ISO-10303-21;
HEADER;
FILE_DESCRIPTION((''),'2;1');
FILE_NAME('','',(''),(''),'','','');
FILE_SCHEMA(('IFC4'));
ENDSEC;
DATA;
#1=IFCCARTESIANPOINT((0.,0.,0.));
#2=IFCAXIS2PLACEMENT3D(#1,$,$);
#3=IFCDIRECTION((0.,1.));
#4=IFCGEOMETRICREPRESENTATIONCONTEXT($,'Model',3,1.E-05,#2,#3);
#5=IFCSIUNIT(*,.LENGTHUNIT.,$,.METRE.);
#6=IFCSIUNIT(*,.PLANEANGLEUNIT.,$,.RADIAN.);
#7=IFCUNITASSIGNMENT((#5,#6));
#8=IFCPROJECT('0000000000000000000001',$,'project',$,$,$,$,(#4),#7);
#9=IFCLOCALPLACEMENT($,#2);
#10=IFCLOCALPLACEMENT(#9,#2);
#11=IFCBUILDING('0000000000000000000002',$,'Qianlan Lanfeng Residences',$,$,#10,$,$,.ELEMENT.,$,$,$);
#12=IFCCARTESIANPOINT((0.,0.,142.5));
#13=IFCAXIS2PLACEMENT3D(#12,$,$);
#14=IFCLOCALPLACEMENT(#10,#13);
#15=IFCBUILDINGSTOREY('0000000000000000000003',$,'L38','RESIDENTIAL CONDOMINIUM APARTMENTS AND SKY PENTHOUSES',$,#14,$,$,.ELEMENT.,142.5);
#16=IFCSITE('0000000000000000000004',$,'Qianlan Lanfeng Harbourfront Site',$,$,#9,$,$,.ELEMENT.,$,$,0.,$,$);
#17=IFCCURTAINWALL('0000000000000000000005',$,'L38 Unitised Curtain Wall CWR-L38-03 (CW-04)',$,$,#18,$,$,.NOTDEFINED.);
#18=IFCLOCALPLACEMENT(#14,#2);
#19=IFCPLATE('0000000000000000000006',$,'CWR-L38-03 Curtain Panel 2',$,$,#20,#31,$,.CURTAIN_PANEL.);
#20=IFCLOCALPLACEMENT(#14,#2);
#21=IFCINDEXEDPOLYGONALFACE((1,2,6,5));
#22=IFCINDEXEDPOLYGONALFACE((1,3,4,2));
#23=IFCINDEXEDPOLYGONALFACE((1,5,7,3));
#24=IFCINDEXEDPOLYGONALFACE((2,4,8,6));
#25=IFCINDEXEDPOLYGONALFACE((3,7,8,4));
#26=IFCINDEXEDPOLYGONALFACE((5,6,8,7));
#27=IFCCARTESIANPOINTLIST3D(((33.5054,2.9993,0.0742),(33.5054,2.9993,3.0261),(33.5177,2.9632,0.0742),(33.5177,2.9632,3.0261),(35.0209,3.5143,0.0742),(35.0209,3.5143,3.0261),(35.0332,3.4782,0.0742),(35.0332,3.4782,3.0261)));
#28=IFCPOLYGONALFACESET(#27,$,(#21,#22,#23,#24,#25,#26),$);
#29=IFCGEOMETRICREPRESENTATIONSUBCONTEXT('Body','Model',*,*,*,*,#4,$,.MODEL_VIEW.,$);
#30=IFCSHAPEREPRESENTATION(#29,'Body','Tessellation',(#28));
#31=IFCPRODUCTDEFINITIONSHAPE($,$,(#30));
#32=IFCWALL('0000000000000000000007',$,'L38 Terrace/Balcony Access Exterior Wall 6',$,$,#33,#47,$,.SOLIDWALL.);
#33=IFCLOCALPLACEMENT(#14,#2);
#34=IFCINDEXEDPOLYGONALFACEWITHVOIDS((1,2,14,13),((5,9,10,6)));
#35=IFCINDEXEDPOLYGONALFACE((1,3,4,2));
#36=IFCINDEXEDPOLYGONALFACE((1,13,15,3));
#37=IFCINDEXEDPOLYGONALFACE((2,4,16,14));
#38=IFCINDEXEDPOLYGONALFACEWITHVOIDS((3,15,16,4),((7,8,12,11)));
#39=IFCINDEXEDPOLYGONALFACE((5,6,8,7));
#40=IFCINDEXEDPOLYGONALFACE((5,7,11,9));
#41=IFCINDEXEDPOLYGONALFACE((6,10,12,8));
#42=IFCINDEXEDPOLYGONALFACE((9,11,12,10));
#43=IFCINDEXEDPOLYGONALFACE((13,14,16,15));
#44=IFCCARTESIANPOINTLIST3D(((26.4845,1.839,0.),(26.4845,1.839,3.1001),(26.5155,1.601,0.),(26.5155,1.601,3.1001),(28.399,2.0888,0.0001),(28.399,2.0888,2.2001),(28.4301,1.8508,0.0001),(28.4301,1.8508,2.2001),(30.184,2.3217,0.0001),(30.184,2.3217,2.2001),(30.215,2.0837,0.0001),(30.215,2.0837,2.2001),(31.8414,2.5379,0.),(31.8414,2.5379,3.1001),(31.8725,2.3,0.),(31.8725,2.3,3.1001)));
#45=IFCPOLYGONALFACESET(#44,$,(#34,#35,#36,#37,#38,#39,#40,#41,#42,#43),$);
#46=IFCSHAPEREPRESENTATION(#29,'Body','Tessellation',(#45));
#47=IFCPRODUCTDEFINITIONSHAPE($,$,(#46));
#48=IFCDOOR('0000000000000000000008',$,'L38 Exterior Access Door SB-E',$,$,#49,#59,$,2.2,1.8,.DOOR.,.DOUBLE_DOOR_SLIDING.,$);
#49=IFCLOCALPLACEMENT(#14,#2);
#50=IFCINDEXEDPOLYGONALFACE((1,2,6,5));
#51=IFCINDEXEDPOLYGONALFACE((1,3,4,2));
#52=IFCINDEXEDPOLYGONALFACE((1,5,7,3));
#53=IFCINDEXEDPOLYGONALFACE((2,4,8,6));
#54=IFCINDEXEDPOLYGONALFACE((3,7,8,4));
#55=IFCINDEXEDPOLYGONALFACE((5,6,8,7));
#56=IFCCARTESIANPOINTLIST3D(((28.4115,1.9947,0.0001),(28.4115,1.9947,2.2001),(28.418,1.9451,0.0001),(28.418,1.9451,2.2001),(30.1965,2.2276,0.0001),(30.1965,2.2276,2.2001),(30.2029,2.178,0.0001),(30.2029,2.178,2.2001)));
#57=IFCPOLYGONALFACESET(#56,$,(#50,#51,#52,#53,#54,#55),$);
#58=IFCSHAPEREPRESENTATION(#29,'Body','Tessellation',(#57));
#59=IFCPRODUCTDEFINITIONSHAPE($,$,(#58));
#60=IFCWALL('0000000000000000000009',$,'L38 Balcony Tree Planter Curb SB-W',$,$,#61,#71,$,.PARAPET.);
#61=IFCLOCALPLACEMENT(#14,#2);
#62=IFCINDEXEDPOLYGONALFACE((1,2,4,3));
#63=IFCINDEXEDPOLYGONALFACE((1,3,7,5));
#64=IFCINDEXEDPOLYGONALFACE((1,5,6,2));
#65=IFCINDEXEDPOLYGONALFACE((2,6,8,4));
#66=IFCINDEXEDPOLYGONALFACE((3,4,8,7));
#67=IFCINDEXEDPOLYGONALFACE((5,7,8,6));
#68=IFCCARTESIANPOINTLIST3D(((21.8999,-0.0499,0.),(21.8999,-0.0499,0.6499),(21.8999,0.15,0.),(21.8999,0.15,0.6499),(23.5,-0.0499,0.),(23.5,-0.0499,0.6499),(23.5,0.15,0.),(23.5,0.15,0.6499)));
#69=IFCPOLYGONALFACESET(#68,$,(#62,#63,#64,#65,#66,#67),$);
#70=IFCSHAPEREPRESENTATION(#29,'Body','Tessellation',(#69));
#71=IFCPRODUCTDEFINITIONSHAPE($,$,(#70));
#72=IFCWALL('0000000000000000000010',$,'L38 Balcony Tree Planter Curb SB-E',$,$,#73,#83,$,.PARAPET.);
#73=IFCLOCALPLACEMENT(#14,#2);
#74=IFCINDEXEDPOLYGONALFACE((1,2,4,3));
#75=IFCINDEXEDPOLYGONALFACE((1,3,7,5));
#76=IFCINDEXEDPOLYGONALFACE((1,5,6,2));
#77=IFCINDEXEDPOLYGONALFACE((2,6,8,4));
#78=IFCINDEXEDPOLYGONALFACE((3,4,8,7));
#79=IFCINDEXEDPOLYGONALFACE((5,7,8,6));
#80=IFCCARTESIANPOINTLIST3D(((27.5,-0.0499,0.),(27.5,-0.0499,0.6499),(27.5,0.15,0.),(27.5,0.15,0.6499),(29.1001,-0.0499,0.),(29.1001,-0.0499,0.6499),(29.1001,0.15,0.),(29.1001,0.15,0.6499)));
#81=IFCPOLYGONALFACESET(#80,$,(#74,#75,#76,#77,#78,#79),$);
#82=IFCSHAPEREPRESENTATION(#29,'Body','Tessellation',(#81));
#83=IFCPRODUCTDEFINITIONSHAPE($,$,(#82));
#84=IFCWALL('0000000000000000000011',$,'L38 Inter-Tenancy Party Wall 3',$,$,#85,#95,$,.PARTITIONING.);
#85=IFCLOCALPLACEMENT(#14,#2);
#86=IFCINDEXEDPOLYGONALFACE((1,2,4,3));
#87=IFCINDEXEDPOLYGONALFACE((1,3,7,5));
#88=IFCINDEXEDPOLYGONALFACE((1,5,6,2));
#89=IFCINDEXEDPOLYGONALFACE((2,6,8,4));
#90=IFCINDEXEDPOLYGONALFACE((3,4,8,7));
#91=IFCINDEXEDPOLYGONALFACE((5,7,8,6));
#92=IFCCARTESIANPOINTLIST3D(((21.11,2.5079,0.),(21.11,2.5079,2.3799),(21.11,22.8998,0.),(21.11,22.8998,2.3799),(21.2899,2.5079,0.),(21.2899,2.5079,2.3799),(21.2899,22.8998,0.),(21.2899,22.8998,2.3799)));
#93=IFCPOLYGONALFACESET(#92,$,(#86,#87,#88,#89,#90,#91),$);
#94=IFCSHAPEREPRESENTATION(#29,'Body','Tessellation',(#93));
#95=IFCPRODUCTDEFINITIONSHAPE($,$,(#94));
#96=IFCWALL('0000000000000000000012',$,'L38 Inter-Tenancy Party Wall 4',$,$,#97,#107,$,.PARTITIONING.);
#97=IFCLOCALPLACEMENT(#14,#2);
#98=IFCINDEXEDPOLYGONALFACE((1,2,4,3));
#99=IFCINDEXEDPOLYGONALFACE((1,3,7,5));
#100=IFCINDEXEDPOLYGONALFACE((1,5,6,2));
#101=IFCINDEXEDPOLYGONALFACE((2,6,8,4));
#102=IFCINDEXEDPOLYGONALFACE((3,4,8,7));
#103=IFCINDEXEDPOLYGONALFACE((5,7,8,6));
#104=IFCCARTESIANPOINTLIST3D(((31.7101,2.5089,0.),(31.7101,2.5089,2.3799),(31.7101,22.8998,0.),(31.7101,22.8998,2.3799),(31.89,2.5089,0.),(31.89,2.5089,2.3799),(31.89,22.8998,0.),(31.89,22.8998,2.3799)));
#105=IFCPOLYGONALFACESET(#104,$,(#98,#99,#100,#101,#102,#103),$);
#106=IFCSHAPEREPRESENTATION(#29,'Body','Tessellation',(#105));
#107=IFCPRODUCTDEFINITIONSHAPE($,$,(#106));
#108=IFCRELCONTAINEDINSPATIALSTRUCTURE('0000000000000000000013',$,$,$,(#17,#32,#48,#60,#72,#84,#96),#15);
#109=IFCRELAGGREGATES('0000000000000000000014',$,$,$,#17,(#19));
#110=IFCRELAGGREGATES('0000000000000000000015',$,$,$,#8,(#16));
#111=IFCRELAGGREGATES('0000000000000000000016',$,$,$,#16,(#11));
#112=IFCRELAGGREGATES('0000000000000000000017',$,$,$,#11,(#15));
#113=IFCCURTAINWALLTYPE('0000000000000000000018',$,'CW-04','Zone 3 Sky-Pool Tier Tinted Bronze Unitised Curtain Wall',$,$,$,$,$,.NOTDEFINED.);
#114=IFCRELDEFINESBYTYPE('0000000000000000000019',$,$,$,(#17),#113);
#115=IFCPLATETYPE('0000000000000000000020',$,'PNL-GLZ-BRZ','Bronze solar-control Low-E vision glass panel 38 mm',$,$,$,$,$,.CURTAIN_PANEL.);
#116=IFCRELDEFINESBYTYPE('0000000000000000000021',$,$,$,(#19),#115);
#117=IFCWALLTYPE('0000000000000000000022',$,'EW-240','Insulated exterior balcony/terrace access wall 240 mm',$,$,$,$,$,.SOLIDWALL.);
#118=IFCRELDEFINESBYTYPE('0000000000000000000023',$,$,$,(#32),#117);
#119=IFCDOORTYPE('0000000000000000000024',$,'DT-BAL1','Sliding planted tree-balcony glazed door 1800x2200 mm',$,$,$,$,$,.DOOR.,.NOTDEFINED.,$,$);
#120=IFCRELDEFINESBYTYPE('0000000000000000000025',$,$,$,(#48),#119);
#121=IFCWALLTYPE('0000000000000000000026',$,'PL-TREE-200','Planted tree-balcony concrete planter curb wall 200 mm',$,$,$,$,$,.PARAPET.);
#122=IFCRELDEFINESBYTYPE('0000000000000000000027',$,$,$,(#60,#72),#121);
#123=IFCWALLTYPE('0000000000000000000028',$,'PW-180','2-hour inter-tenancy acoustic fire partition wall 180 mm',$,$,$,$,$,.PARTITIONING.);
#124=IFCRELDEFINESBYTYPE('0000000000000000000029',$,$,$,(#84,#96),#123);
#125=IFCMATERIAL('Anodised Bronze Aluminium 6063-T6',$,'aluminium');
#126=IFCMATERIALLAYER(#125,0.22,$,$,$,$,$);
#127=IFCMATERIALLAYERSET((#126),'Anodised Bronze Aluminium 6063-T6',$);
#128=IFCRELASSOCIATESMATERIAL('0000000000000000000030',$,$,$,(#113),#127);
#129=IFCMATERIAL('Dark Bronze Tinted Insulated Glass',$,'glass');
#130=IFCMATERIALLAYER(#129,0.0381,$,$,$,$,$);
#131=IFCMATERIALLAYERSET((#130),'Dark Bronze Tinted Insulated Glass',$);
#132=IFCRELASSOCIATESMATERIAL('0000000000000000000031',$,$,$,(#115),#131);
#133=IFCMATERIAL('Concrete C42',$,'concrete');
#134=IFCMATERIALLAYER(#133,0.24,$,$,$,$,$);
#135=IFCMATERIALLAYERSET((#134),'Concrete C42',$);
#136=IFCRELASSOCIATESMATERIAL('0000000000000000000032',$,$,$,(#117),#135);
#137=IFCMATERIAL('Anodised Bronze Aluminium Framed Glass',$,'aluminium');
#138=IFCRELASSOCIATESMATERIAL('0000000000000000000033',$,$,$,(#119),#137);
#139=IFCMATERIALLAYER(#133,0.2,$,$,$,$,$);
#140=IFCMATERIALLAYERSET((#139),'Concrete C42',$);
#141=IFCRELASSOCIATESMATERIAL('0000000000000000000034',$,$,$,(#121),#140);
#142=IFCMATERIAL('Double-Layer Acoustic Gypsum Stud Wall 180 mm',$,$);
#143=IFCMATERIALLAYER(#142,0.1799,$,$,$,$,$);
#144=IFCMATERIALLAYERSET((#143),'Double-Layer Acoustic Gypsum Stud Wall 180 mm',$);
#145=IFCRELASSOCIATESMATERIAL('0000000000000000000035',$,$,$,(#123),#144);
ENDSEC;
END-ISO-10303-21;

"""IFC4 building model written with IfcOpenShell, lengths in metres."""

from ifc_helpers import new_model, si_unit, direction, frame, frame_2d, origin, origin_2d, place, context, subcontext, project, spatial, rectangle, extrude, source, transform, mapped, material, layer, layer_set, type_object, element, fill, aggregate, save


model = new_model("IFC4")

# Units and contexts
model_context = context("Model", 3, precision=1e-05, world=origin(), true_north=direction((0.0, 1.0)))
body_context = subcontext(model_context, "Body", "Model", "MODEL_VIEW")
ifc_project = project(units=[si_unit("LENGTHUNIT", "METRE"), si_unit("PLANEANGLEUNIT", "RADIAN")], contexts=[model_context])

# Site, building, storey
site_placement = place(None, origin())
site = spatial("IfcSite", under=ifc_project, at=site_placement, Name="Qianlan Lanfeng Harbourfront Site", CompositionType="ELEMENT", RefElevation=0.0)
building_placement = place(site_placement, origin())
building = spatial("IfcBuilding", under=site, at=building_placement, Name="Qianlan Lanfeng Residences", CompositionType="ELEMENT")
storey_placement = place(building_placement, frame((0.0, 0.0, 142.5)))
storey = spatial("IfcBuildingStorey", under=building, at=storey_placement, Name="L38", Description="RESIDENTIAL CONDOMINIUM APARTMENTS AND SKY PENTHOUSES", CompositionType="ELEMENT", Elevation=142.5)

# Curtain wall, plate
ifc_material_1 = material(Name="Anodised Bronze Aluminium 6063-T6", Category="aluminium")
ifc_layer_1 = layer(ifc_material_1, 0.22)
ifc_layer_set_1 = layer_set([ifc_layer_1], Name="Anodised Bronze Aluminium 6063-T6")
curtain_wall_type = type_object("IfcCurtainWallType", Name="CW-04", Description="Zone 3 Sky-Pool Tier Tinted Bronze Unitised Curtain Wall", PredefinedType="NOTDEFINED", material=ifc_layer_set_1)
curtain_wall_placement = place(storey_placement, origin())
curtain_wall = element("IfcCurtainWall", 1, at=curtain_wall_placement, inside=storey, type_object=curtain_wall_type, Name="L38 Unitised Curtain Wall CWR-L38-03 (CW-04)", PredefinedType="NOTDEFINED")
ifc_material_2 = material(Name="Dark Bronze Tinted Insulated Glass", Category="glass")
ifc_layer_2 = layer(ifc_material_2, 0.0381)
ifc_layer_set_2 = layer_set([ifc_layer_2], Name="Dark Bronze Tinted Insulated Glass")
plate_type = type_object("IfcPlateType", Name="PNL-GLZ-BRZ", Description="Bronze solar-control Low-E vision glass panel 38 mm", PredefinedType="CURTAIN_PANEL", material=ifc_layer_set_2)
shared_shape_1 = source(origin(), body_context, "Body", "SweptSolid", [
    extrude(rectangle(XDim=1.6006, YDim=0.0381, at=origin_2d()), origin(), (0.0, 0.0, 1.0), 2.9519),
])
plate_1_placement = place(storey_placement, frame((34.2693, 3.2388, 0.0742), z_axis=(0.0, 0.0, 1.0), x_axis=(0.946826, 0.321745, 0.0)))
plate_1 = element("IfcPlate", 2, at=plate_1_placement, type_object=plate_type, Name="CWR-L38-03 Curtain Panel 2", PredefinedType="CURTAIN_PANEL", context=body_context, shape_type="MappedRepresentation", body=[
    mapped(shared_shape_1, transform((0.0, 0.0, 0.0), scale=1.0)),
])
aggregate(curtain_wall, [plate_1])

# Wall, opening, door
ifc_material_3 = material(Name="Concrete C42", Category="concrete")
ifc_layer_3 = layer(ifc_material_3, 0.24)
ifc_layer_set_3 = layer_set([ifc_layer_3], Name="Concrete C42")
wall_type_1 = type_object("IfcWallType", Name="EW-240", Description="Insulated exterior balcony/terrace access wall 240 mm", PredefinedType="SOLIDWALL", material=ifc_layer_set_3)
wall_1_placement = place(storey_placement, frame((26.5, 1.72, 0.0), z_axis=(0.0, 0.0, 1.0), x_axis=(0.991595, 0.129384, 0.0)))
wall_1 = element("IfcWall", 3, at=wall_1_placement, inside=storey, type_object=wall_type_1, Name="L38 Terrace/Balcony Access Exterior Wall 6", PredefinedType="SOLIDWALL", context=body_context, shape_type="SweptSolid", body=[
    extrude(rectangle(XDim=5.4023, YDim=0.24, at=frame_2d((2.7012, 0.0))), origin(), (0.0, 0.0, 1.0), 3.1001),
])
opening_placement = place(wall_1_placement, frame((1.9309, 0.0, 0.0)))
opening = element("IfcOpeningElement", 4, at=opening_placement, cuts=wall_1, PredefinedType="OPENING", context=body_context, shape_type="SweptSolid", body=[
    extrude(rectangle(XDim=1.8, YDim=2.2, at=frame_2d((0.8999, 1.1001))), frame((0.0, 0.1299, 0.0), z_axis=(0.0, -1.0, 0.0), x_axis=(1.0, 0.0, 0.0)), (0.0, 0.0, 1.0), 0.26),
])
ifc_material_4 = material(Name="Anodised Bronze Aluminium Framed Glass", Category="aluminium")
door_type = type_object("IfcDoorType", Name="DT-BAL1", Description="Sliding planted tree-balcony glazed door 1800x2200 mm", OperationType="NOTDEFINED", PredefinedType="DOOR", material=ifc_material_4)
door_placement = place(opening_placement, frame((1.8, 0.0, 0.0), z_axis=(0.0, 0.0, 1.0), x_axis=(-1.0, 0.0, 0.0)))
door = element("IfcDoor", 5, at=door_placement, inside=storey, type_object=door_type, Name="L38 Exterior Access Door SB-E", OperationType="DOUBLE_DOOR_SLIDING", OverallHeight=2.2, OverallWidth=1.8, PredefinedType="DOOR", context=body_context, shape_type="SweptSolid", body=[
    extrude(rectangle(XDim=1.8, YDim=2.2, at=frame_2d((0.8999, 1.1001))), frame((0.0, 0.0249, 0.0), z_axis=(0.0, -1.0, 0.0), x_axis=(1.0, 0.0, 0.0)), (0.0, 0.0, 1.0), 0.05),
])
fill(opening, door)

# Walls
ifc_layer_4 = layer(ifc_material_3, 0.2)
ifc_layer_set_4 = layer_set([ifc_layer_4], Name="Concrete C42")
wall_type_2 = type_object("IfcWallType", Name="PL-TREE-200", Description="Planted tree-balcony concrete planter curb wall 200 mm", PredefinedType="PARAPET", material=ifc_layer_set_4)
for number, where, z_axis, x_axis, name in (
    (6, (21.8999, 0.05, 0.0), (0.0, 0.0, 1.0), (1.0, 0.0, 0.0), "L38 Balcony Tree Planter Curb SB-W"),
    (7, (27.5, 0.05, 0.0), (0.0, 0.0, 1.0), (1.0, 0.0, 0.0), "L38 Balcony Tree Planter Curb SB-E"),
):
    element("IfcWall", number, at=place(storey_placement, frame(where, z_axis=z_axis, x_axis=x_axis)), inside=storey, type_object=wall_type_2, Name=name, PredefinedType="PARAPET", context=body_context, shape_type="SweptSolid", body=[
        extrude(rectangle(XDim=1.6001, YDim=0.2, at=frame_2d((0.8, 0.0))), origin(), (0.0, 0.0, 1.0), 0.6499),
    ])
ifc_material_5 = material(Name="Double-Layer Acoustic Gypsum Stud Wall 180 mm")
ifc_layer_5 = layer(ifc_material_5, 0.1799)
ifc_layer_set_5 = layer_set([ifc_layer_5], Name="Double-Layer Acoustic Gypsum Stud Wall 180 mm")
wall_type_3 = type_object("IfcWallType", Name="PW-180", Description="2-hour inter-tenancy acoustic fire partition wall 180 mm", PredefinedType="PARTITIONING", material=ifc_layer_set_5)
wall_2_placement = place(storey_placement, frame((21.2, 2.5081, 0.0), z_axis=(0.0, 0.0, 1.0), x_axis=(0.0, 1.0, 0.0)))
element("IfcWall", 8, at=wall_2_placement, inside=storey, type_object=wall_type_3, Name="L38 Inter-Tenancy Party Wall 3", PredefinedType="PARTITIONING", context=body_context, shape_type="SweptSolid", body=[
    extrude(rectangle(XDim=20.3918, YDim=0.1799, at=frame_2d((10.1958, 0.0))), origin(), (0.0, 0.0, 1.0), 2.3799),
])
wall_3_placement = place(storey_placement, frame((31.8, 2.509, 0.0), z_axis=(0.0, 0.0, 1.0), x_axis=(0.0, 1.0, 0.0)))
element("IfcWall", 9, at=wall_3_placement, inside=storey, type_object=wall_type_3, Name="L38 Inter-Tenancy Party Wall 4", PredefinedType="PARTITIONING", context=body_context, shape_type="SweptSolid", body=[
    extrude(rectangle(XDim=20.3909, YDim=0.1799, at=frame_2d((10.1953, 0.0))), origin(), (0.0, 0.0, 1.0), 2.3799),
])

save(model, "model.ifc")
